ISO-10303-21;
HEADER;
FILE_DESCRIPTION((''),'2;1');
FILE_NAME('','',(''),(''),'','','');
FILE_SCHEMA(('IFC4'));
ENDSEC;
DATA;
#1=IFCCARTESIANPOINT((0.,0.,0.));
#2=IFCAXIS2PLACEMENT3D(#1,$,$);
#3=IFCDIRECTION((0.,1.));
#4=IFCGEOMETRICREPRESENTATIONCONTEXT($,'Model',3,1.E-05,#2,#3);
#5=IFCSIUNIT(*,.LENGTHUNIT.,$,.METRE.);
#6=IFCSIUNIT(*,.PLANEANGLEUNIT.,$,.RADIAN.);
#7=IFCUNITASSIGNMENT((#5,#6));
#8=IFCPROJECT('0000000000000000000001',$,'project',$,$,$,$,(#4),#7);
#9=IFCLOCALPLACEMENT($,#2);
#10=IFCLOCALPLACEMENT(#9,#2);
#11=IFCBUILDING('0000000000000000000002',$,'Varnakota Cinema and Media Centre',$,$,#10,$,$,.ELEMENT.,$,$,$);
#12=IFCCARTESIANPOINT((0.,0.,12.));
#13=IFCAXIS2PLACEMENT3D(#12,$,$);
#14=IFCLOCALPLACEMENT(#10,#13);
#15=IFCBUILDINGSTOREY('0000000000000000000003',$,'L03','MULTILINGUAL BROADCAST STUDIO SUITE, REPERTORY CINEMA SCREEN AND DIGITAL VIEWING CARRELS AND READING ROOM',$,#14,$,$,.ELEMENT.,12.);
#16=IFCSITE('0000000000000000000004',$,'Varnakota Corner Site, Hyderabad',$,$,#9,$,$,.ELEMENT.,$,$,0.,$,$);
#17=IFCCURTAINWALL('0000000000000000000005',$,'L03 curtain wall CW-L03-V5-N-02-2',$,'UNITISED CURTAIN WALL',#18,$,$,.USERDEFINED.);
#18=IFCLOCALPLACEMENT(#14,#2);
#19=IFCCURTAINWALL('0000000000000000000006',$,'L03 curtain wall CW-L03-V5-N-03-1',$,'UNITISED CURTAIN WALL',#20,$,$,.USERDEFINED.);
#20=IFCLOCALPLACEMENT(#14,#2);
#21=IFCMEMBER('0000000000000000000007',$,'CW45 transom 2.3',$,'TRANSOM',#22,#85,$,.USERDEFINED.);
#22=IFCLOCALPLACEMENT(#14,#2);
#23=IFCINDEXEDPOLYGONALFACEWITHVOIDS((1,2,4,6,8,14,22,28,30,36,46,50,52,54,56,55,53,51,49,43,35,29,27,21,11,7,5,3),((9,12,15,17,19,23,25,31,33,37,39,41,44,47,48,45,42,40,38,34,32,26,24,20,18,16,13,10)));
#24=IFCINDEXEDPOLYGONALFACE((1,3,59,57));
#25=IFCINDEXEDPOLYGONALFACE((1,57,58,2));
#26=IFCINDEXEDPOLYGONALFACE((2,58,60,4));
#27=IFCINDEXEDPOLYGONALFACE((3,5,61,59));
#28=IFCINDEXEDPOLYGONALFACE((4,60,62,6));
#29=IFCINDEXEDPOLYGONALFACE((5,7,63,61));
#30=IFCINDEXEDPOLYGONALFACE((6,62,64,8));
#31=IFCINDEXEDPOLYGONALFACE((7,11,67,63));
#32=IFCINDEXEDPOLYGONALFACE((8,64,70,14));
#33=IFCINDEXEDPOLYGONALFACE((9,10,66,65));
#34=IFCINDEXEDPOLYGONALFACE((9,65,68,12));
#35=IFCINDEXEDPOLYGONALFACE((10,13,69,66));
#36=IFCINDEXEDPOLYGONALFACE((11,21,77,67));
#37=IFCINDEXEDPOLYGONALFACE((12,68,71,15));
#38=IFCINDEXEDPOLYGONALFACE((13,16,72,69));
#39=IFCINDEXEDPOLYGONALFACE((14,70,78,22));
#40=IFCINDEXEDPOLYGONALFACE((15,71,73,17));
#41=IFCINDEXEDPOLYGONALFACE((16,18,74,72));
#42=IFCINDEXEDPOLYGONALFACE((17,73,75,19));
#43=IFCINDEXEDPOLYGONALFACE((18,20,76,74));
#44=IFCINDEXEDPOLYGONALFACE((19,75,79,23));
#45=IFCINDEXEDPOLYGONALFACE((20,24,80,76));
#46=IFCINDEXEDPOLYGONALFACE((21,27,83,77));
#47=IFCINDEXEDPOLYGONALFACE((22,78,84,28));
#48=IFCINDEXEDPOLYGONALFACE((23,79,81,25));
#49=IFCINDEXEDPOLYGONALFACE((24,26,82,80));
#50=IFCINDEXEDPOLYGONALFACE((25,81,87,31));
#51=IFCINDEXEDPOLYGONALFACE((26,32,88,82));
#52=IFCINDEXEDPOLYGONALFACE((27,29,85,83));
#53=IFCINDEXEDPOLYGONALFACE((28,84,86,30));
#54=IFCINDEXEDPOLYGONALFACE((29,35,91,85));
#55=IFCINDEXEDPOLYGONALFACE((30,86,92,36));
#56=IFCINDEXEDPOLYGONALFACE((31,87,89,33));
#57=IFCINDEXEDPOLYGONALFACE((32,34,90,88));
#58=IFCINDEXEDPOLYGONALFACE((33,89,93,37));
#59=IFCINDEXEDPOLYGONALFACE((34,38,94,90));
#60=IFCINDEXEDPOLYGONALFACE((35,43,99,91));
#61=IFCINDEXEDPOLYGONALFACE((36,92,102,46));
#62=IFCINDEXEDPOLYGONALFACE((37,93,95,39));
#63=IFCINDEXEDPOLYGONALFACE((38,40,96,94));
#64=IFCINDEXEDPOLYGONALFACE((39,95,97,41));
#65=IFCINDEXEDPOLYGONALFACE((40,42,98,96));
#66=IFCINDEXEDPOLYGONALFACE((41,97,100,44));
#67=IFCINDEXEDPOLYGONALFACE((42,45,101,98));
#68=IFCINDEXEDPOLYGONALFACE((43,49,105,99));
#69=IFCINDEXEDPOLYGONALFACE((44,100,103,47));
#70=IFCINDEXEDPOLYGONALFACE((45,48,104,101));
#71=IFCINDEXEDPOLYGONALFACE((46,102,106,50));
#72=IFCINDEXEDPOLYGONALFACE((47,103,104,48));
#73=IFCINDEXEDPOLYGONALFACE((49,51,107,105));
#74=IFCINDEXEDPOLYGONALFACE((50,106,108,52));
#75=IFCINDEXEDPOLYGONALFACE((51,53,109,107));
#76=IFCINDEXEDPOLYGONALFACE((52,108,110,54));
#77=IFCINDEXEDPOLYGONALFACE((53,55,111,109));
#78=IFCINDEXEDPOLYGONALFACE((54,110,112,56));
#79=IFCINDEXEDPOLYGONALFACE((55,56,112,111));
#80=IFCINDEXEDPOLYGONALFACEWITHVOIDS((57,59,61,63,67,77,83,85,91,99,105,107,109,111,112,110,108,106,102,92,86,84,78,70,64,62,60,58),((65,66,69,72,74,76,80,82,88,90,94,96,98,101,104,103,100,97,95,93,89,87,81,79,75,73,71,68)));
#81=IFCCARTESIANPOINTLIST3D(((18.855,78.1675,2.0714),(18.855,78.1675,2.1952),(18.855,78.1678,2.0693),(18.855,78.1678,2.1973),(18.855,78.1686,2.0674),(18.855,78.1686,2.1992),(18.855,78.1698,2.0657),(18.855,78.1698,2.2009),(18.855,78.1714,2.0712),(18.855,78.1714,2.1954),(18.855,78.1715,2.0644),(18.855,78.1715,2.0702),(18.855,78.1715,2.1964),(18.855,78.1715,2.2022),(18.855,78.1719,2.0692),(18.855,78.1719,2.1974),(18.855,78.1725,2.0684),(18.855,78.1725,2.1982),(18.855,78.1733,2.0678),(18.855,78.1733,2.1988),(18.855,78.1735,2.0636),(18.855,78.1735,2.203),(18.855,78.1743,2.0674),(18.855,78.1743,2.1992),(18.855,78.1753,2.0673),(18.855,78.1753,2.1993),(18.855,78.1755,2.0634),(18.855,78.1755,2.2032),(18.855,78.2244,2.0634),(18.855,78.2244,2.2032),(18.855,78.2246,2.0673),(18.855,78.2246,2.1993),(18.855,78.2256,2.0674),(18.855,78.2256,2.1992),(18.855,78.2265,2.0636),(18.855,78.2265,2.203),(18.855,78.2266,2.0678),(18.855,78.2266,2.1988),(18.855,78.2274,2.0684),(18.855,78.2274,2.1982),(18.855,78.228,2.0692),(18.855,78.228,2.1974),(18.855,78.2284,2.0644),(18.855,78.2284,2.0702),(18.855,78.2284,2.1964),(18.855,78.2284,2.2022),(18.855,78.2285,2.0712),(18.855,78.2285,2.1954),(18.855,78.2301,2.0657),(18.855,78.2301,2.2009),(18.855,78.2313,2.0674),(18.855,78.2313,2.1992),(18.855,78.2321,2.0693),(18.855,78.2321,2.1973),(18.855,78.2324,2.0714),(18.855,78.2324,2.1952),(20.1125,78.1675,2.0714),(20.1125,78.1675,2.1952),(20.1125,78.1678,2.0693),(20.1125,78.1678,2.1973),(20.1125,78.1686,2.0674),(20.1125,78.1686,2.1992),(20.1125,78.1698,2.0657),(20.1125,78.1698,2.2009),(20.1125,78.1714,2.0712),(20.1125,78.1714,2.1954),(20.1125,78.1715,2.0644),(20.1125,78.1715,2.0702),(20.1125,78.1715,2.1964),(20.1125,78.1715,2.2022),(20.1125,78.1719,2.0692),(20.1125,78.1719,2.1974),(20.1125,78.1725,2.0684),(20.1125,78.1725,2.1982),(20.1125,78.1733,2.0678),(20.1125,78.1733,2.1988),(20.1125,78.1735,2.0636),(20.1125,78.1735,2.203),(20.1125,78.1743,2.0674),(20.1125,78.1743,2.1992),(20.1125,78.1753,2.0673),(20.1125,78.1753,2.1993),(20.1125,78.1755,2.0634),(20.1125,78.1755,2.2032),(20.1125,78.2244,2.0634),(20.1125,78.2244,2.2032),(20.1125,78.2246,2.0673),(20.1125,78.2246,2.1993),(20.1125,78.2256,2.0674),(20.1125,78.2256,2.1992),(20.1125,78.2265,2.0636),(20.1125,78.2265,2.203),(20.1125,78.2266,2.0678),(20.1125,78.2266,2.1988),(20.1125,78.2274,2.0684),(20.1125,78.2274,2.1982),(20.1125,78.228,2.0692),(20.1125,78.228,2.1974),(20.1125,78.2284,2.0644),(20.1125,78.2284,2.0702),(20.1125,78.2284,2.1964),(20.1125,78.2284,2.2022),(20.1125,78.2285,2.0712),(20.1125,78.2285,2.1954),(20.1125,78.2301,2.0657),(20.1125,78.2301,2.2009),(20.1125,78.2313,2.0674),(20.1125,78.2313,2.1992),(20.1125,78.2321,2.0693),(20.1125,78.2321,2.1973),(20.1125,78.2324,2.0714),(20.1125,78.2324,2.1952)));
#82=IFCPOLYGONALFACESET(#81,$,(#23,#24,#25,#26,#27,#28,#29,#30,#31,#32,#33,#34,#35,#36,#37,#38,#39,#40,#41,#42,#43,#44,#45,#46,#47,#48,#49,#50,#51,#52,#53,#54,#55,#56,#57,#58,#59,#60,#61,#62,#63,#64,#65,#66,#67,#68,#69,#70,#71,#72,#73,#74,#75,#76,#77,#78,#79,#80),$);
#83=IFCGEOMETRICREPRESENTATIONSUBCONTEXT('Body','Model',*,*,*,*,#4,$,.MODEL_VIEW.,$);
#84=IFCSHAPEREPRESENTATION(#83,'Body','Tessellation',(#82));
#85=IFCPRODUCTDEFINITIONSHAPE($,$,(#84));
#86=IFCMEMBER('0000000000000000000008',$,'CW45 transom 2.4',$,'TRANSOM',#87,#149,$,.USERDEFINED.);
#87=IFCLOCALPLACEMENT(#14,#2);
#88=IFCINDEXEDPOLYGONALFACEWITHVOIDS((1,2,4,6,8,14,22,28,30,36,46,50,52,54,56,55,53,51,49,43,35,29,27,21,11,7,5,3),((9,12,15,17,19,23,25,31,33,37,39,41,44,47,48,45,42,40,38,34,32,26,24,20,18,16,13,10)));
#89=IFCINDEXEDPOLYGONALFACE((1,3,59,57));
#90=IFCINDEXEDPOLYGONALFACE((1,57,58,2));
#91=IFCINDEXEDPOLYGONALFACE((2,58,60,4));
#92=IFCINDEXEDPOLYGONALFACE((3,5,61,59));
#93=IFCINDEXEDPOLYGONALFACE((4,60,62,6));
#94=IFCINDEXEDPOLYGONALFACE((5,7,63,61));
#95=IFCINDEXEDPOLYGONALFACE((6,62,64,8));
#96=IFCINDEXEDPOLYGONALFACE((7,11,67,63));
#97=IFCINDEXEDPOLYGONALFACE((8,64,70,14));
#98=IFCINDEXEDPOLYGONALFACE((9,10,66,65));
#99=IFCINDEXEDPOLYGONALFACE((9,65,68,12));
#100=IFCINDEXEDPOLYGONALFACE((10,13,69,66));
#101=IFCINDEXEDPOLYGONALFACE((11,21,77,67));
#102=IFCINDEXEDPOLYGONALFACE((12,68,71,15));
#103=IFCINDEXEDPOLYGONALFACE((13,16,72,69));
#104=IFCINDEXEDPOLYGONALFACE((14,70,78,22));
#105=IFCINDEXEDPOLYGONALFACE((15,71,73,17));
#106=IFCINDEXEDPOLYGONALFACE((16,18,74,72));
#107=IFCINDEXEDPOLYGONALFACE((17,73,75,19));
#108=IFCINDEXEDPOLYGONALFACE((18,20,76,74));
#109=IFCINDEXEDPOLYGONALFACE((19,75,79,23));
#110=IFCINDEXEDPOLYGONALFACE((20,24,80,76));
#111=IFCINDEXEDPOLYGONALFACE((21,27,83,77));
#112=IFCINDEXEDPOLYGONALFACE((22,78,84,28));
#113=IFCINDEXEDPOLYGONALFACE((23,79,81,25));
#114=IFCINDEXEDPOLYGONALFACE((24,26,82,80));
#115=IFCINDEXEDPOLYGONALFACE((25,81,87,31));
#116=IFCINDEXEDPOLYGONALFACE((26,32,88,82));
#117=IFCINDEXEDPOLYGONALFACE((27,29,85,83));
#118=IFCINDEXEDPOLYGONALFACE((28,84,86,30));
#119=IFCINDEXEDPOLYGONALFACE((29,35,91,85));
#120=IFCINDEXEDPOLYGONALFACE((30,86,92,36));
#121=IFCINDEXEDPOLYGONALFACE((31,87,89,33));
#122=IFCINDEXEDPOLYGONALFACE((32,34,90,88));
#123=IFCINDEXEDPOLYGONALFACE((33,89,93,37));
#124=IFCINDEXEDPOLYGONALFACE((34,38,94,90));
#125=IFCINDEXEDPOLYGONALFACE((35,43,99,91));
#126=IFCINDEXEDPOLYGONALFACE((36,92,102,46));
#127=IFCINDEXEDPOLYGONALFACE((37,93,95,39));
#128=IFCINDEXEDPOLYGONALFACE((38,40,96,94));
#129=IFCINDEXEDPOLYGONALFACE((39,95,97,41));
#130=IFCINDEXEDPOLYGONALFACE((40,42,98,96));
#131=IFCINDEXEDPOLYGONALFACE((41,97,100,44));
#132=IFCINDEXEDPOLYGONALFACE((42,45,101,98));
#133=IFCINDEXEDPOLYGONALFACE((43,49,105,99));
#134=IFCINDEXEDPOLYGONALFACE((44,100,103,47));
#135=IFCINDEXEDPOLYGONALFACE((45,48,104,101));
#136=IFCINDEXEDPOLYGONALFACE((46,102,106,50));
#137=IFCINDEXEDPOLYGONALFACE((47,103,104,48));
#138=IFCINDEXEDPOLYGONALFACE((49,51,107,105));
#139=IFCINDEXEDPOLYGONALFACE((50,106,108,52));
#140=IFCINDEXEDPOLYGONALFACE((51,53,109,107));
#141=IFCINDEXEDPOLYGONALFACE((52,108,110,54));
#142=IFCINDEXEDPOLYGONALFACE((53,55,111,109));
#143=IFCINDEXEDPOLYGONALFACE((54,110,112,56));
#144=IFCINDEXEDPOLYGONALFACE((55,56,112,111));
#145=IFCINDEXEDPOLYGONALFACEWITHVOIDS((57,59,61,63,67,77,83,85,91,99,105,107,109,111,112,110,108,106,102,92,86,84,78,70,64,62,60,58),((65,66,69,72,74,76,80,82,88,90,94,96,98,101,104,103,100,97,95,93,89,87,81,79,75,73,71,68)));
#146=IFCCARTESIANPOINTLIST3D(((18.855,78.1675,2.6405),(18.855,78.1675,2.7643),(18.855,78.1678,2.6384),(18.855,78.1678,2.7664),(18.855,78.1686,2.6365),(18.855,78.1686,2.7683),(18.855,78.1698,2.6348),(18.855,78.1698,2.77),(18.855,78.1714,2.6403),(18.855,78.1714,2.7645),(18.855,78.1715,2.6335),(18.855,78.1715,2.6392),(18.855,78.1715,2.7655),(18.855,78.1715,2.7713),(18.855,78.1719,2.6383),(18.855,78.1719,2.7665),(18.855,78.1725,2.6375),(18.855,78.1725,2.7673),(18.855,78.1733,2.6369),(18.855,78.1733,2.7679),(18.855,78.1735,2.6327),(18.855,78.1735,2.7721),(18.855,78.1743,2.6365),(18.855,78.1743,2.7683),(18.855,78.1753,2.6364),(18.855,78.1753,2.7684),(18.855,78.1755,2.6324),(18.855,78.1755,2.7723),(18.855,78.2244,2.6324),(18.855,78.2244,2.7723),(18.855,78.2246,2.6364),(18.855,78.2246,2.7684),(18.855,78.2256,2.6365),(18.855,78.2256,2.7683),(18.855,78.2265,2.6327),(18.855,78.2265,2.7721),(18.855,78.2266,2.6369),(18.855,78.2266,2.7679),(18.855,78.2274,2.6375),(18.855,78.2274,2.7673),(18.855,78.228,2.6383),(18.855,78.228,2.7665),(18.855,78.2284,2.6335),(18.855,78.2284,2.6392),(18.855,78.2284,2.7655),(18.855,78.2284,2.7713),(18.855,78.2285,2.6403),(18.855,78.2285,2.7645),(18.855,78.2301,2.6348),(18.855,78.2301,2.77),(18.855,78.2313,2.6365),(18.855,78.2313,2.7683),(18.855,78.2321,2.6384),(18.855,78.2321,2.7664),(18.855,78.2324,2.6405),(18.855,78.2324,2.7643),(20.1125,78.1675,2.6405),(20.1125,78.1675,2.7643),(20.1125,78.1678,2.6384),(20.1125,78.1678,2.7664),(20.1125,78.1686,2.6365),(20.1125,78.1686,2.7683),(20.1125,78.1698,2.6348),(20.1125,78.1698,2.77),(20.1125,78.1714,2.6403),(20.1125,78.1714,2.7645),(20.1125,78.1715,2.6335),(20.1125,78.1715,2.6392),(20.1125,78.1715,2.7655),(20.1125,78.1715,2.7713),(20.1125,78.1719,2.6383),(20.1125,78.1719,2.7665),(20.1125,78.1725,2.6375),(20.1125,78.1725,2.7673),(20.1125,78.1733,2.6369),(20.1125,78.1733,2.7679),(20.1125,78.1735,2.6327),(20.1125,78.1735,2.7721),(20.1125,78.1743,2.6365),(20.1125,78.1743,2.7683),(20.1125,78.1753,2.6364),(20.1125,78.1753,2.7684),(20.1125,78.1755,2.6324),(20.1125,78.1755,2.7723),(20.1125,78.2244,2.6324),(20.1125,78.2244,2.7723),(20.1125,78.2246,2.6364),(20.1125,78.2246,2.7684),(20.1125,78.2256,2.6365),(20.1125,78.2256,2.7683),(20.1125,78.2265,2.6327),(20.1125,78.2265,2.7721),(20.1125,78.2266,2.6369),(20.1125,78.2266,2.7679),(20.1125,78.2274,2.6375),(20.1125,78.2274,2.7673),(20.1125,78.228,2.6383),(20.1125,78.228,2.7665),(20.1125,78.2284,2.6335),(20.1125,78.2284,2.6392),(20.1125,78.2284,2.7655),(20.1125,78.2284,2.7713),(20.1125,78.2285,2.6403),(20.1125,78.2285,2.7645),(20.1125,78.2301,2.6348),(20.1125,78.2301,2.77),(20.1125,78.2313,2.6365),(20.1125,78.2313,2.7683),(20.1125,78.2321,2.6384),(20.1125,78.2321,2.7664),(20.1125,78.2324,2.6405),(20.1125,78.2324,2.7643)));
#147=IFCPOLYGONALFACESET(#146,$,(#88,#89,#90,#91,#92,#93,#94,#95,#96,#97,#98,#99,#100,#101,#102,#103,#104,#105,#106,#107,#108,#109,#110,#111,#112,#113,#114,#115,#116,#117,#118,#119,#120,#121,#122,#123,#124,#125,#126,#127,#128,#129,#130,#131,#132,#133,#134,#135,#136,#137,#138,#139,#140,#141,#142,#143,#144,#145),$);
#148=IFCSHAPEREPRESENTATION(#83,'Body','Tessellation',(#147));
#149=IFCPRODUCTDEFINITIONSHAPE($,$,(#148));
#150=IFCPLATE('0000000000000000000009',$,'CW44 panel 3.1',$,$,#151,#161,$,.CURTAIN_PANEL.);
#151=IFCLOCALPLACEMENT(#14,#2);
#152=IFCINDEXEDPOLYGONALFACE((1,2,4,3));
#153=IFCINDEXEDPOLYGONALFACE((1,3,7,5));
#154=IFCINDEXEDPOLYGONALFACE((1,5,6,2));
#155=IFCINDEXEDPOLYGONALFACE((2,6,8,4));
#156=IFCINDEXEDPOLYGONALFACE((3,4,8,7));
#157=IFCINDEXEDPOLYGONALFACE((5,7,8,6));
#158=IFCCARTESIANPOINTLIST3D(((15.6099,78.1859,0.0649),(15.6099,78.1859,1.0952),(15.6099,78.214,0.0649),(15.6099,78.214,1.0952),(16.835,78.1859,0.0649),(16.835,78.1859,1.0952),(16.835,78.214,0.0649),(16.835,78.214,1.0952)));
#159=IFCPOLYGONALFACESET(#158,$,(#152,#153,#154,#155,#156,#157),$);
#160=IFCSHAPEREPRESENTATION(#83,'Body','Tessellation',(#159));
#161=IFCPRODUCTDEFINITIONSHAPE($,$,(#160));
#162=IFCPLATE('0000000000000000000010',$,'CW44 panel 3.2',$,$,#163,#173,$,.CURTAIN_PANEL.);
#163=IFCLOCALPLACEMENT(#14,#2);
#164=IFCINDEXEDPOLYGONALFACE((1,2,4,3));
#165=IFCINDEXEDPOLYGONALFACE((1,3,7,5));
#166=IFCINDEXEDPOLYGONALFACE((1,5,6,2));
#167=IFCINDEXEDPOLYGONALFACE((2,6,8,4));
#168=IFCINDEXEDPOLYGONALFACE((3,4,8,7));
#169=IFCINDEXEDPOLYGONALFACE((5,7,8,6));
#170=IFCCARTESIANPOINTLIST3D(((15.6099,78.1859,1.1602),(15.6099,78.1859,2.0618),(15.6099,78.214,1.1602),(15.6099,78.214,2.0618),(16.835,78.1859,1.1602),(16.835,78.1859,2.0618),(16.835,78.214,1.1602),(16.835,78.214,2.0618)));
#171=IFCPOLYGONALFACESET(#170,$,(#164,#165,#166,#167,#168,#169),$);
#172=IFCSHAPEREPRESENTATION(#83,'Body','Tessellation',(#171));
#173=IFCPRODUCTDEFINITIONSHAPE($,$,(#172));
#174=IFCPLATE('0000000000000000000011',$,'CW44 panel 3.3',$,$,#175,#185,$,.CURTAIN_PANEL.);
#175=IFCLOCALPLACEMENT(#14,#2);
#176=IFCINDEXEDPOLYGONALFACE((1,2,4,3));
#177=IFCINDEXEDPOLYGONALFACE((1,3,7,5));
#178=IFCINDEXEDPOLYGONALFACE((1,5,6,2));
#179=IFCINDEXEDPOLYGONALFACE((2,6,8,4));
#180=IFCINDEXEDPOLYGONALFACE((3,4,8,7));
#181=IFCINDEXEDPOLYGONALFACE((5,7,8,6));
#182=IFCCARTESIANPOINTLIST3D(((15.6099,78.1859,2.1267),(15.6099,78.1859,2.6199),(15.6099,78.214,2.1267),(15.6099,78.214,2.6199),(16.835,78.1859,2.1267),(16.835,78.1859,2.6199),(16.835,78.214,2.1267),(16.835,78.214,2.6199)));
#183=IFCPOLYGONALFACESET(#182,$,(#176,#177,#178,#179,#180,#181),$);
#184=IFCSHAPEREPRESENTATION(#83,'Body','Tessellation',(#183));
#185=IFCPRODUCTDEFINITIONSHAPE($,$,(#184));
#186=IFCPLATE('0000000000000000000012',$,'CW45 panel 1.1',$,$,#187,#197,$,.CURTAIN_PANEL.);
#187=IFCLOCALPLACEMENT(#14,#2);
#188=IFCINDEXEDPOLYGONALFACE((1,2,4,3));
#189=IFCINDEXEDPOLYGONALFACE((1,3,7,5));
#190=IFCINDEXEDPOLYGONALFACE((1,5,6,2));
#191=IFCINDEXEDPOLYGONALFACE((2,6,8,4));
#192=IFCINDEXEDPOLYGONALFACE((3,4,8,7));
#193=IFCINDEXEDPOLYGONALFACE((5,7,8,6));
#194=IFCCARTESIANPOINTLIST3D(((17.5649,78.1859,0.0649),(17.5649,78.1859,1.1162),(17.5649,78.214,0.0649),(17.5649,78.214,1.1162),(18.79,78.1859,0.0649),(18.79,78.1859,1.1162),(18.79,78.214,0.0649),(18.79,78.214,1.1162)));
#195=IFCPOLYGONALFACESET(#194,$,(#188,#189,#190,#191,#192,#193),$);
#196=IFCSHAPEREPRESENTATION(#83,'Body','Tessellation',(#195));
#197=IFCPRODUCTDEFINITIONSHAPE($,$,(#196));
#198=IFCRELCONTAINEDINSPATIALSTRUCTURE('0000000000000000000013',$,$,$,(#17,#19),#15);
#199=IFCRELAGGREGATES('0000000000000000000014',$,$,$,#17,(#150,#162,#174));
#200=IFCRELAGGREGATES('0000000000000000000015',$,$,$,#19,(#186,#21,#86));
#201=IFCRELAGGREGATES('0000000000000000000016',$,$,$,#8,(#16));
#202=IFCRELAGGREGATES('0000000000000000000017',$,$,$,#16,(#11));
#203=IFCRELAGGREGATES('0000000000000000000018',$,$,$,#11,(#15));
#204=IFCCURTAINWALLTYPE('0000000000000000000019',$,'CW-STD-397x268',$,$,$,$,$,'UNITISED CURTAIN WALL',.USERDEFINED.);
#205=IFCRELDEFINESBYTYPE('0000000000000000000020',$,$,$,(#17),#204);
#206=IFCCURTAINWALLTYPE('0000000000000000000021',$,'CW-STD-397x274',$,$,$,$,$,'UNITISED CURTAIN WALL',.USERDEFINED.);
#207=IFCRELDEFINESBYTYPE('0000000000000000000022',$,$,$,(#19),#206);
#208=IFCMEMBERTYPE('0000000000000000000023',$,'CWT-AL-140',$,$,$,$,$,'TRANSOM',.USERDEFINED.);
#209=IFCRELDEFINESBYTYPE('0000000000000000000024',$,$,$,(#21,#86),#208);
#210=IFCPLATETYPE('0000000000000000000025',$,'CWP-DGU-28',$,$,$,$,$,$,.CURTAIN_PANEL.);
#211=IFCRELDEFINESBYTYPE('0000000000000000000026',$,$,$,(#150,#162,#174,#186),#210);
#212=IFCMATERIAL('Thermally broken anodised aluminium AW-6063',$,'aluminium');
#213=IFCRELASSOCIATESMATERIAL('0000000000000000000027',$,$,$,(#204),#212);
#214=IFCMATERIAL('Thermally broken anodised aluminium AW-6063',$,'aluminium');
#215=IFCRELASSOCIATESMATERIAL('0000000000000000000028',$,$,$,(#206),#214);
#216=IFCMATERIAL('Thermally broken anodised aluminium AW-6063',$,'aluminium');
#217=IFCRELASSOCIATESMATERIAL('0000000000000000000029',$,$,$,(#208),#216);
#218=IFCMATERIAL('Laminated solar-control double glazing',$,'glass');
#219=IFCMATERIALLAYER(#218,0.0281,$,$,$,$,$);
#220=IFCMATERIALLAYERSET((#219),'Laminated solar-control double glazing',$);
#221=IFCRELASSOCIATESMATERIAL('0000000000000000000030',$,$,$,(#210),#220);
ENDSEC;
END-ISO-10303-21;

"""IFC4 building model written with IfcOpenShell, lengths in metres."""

from ifc_helpers import new_model, si_unit, direction, frame, origin, origin_2d, place, context, subcontext, project, spatial, rectangle, hollow_rectangle, extrude, material, layer, layer_set, material_profile, profile_set, type_object, element, aggregate, save


model = new_model("IFC4")

# Units and contexts
model_context = context("Model", 3, precision=1e-05, world=origin(), true_north=direction((0.0, 1.0)))
body_context = subcontext(model_context, "Body", "Model", "MODEL_VIEW")
ifc_project = project(units=[si_unit("LENGTHUNIT", "METRE"), si_unit("PLANEANGLEUNIT", "RADIAN")], contexts=[model_context])

# Site, building, storey
site_placement = place(None, origin())
site = spatial("IfcSite", under=ifc_project, at=site_placement, Name="Varnakota Corner Site, Hyderabad", CompositionType="ELEMENT", RefElevation=0.0)
building_placement = place(site_placement, origin())
building = spatial("IfcBuilding", under=site, at=building_placement, Name="Varnakota Cinema and Media Centre", CompositionType="ELEMENT")
storey_placement = place(building_placement, frame((0.0, 0.0, 12.0)))
storey = spatial("IfcBuildingStorey", under=building, at=storey_placement, Name="L03", Description="MULTILINGUAL BROADCAST STUDIO SUITE, REPERTORY CINEMA SCREEN AND DIGITAL VIEWING CARRELS AND READING ROOM", CompositionType="ELEMENT", Elevation=12.0)

# Curtain walls
ifc_material_1 = material(Name="Thermally broken anodised aluminium AW-6063", Category="aluminium")
curtain_wall_type_1 = type_object("IfcCurtainWallType", Name="CW-STD-397x268", ElementType="UNITISED CURTAIN WALL", PredefinedType="USERDEFINED", material=ifc_material_1)
curtain_wall_1_placement = place(storey_placement, origin())
curtain_wall_1 = element("IfcCurtainWall", 1, at=curtain_wall_1_placement, inside=storey, type_object=curtain_wall_type_1, Name="L03 curtain wall CW-L03-V5-N-02-2", ObjectType="UNITISED CURTAIN WALL", PredefinedType="USERDEFINED")
ifc_material_2 = material(Name="Thermally broken anodised aluminium AW-6063", Category="aluminium")
curtain_wall_type_2 = type_object("IfcCurtainWallType", Name="CW-STD-397x274", ElementType="UNITISED CURTAIN WALL", PredefinedType="USERDEFINED", material=ifc_material_2)
curtain_wall_2_placement = place(storey_placement, origin())
curtain_wall_2 = element("IfcCurtainWall", 2, at=curtain_wall_2_placement, inside=storey, type_object=curtain_wall_type_2, Name="L03 curtain wall CW-L03-V5-N-03-1", ObjectType="UNITISED CURTAIN WALL", PredefinedType="USERDEFINED")

# Members
ifc_material_3 = material(Name="Thermally broken anodised aluminium AW-6063", Category="aluminium")
ifc_material_profile_1 = material_profile(ifc_material_3, hollow_rectangle(XDim=0.0649, YDim=0.1399, WallThickness=0.0039, InnerFilletRadius=0.0039, OuterFilletRadius=0.0081, at=origin_2d()), Name="AL-TRANSOM 140x65x4")
ifc_profile_set_1 = profile_set([ifc_material_profile_1], Name="Thermally broken anodised aluminium AW-6063")
member_type_1 = type_object("IfcMemberType", Name="CWT-AL-140", ElementType="TRANSOM", PredefinedType="USERDEFINED", material=ifc_profile_set_1)
member_1_placement = place(storey_placement, frame((18.855, 78.2, 2.1333), z_axis=(1.0, 0.0, 0.0), x_axis=(0.0, 1.0, 0.0)))
member_1 = element("IfcMember", 3, at=member_1_placement, type_object=member_type_1, Name="CW45 transom 2.3", ObjectType="TRANSOM", PredefinedType="USERDEFINED", context=body_context, shape_type="SweptSolid", body=[
    extrude(hollow_rectangle(XDim=0.0649, YDim=0.1399, WallThickness=0.0039, InnerFilletRadius=0.0039, OuterFilletRadius=0.0081, at=origin_2d()), origin(), (0.0, 0.0, 1.0), 1.2576),
])
member_2_placement = place(storey_placement, frame((18.855, 78.2, 2.7024), z_axis=(1.0, 0.0, 0.0), x_axis=(0.0, 1.0, 0.0)))
member_2 = element("IfcMember", 4, at=member_2_placement, type_object=member_type_1, Name="CW45 transom 2.4", ObjectType="TRANSOM", PredefinedType="USERDEFINED", context=body_context, shape_type="SweptSolid", body=[
    extrude(hollow_rectangle(XDim=0.0649, YDim=0.1399, WallThickness=0.0039, InnerFilletRadius=0.0039, OuterFilletRadius=0.0081, at=origin_2d()), origin(), (0.0, 0.0, 1.0), 1.2576),
])

# Plates
ifc_material_4 = material(Name="Laminated solar-control double glazing", Category="glass")
ifc_layer_1 = layer(ifc_material_4, 0.0281)
ifc_layer_set_1 = layer_set([ifc_layer_1], Name="Laminated solar-control double glazing")
plate_type = type_object("IfcPlateType", Name="CWP-DGU-28", PredefinedType="CURTAIN_PANEL", material=ifc_layer_set_1)
plate_1_placement = place(storey_placement, frame((16.2224, 78.2, 0.0649), z_axis=(0.0, 0.0, 1.0), x_axis=(1.0, 0.0, 0.0)))
plate_1 = element("IfcPlate", 5, at=plate_1_placement, type_object=plate_type, Name="CW44 panel 3.1", PredefinedType="CURTAIN_PANEL", context=body_context, shape_type="SweptSolid", body=[
    extrude(rectangle(XDim=1.2251, YDim=0.0281, at=origin_2d()), origin(), (0.0, 0.0, 1.0), 1.0303),
])
plate_2_placement = place(storey_placement, frame((16.2224, 78.2, 1.1602), z_axis=(0.0, 0.0, 1.0), x_axis=(1.0, 0.0, 0.0)))
plate_2 = element("IfcPlate", 6, at=plate_2_placement, type_object=plate_type, Name="CW44 panel 3.2", PredefinedType="CURTAIN_PANEL", context=body_context, shape_type="SweptSolid", body=[
    extrude(rectangle(XDim=1.2251, YDim=0.0281, at=origin_2d()), origin(), (0.0, 0.0, 1.0), 0.9016),
])
plate_3_placement = place(storey_placement, frame((16.2224, 78.2, 2.1267), z_axis=(0.0, 0.0, 1.0), x_axis=(1.0, 0.0, 0.0)))
plate_3 = element("IfcPlate", 7, at=plate_3_placement, type_object=plate_type, Name="CW44 panel 3.3", PredefinedType="CURTAIN_PANEL", context=body_context, shape_type="SweptSolid", body=[
    extrude(rectangle(XDim=1.2251, YDim=0.0281, at=origin_2d()), origin(), (0.0, 0.0, 1.0), 0.4932),
])
aggregate(curtain_wall_1, [plate_1, plate_2, plate_3])
plate_4_placement = place(storey_placement, frame((18.1775, 78.2, 0.0649), z_axis=(0.0, 0.0, 1.0), x_axis=(1.0, 0.0, 0.0)))
plate_4 = element("IfcPlate", 8, at=plate_4_placement, type_object=plate_type, Name="CW45 panel 1.1", PredefinedType="CURTAIN_PANEL", context=body_context, shape_type="SweptSolid", body=[
    extrude(rectangle(XDim=1.2251, YDim=0.0281, at=origin_2d()), origin(), (0.0, 0.0, 1.0), 1.0513),
])
aggregate(curtain_wall_2, [plate_4, member_1, member_2])

save(model, "model.ifc")
